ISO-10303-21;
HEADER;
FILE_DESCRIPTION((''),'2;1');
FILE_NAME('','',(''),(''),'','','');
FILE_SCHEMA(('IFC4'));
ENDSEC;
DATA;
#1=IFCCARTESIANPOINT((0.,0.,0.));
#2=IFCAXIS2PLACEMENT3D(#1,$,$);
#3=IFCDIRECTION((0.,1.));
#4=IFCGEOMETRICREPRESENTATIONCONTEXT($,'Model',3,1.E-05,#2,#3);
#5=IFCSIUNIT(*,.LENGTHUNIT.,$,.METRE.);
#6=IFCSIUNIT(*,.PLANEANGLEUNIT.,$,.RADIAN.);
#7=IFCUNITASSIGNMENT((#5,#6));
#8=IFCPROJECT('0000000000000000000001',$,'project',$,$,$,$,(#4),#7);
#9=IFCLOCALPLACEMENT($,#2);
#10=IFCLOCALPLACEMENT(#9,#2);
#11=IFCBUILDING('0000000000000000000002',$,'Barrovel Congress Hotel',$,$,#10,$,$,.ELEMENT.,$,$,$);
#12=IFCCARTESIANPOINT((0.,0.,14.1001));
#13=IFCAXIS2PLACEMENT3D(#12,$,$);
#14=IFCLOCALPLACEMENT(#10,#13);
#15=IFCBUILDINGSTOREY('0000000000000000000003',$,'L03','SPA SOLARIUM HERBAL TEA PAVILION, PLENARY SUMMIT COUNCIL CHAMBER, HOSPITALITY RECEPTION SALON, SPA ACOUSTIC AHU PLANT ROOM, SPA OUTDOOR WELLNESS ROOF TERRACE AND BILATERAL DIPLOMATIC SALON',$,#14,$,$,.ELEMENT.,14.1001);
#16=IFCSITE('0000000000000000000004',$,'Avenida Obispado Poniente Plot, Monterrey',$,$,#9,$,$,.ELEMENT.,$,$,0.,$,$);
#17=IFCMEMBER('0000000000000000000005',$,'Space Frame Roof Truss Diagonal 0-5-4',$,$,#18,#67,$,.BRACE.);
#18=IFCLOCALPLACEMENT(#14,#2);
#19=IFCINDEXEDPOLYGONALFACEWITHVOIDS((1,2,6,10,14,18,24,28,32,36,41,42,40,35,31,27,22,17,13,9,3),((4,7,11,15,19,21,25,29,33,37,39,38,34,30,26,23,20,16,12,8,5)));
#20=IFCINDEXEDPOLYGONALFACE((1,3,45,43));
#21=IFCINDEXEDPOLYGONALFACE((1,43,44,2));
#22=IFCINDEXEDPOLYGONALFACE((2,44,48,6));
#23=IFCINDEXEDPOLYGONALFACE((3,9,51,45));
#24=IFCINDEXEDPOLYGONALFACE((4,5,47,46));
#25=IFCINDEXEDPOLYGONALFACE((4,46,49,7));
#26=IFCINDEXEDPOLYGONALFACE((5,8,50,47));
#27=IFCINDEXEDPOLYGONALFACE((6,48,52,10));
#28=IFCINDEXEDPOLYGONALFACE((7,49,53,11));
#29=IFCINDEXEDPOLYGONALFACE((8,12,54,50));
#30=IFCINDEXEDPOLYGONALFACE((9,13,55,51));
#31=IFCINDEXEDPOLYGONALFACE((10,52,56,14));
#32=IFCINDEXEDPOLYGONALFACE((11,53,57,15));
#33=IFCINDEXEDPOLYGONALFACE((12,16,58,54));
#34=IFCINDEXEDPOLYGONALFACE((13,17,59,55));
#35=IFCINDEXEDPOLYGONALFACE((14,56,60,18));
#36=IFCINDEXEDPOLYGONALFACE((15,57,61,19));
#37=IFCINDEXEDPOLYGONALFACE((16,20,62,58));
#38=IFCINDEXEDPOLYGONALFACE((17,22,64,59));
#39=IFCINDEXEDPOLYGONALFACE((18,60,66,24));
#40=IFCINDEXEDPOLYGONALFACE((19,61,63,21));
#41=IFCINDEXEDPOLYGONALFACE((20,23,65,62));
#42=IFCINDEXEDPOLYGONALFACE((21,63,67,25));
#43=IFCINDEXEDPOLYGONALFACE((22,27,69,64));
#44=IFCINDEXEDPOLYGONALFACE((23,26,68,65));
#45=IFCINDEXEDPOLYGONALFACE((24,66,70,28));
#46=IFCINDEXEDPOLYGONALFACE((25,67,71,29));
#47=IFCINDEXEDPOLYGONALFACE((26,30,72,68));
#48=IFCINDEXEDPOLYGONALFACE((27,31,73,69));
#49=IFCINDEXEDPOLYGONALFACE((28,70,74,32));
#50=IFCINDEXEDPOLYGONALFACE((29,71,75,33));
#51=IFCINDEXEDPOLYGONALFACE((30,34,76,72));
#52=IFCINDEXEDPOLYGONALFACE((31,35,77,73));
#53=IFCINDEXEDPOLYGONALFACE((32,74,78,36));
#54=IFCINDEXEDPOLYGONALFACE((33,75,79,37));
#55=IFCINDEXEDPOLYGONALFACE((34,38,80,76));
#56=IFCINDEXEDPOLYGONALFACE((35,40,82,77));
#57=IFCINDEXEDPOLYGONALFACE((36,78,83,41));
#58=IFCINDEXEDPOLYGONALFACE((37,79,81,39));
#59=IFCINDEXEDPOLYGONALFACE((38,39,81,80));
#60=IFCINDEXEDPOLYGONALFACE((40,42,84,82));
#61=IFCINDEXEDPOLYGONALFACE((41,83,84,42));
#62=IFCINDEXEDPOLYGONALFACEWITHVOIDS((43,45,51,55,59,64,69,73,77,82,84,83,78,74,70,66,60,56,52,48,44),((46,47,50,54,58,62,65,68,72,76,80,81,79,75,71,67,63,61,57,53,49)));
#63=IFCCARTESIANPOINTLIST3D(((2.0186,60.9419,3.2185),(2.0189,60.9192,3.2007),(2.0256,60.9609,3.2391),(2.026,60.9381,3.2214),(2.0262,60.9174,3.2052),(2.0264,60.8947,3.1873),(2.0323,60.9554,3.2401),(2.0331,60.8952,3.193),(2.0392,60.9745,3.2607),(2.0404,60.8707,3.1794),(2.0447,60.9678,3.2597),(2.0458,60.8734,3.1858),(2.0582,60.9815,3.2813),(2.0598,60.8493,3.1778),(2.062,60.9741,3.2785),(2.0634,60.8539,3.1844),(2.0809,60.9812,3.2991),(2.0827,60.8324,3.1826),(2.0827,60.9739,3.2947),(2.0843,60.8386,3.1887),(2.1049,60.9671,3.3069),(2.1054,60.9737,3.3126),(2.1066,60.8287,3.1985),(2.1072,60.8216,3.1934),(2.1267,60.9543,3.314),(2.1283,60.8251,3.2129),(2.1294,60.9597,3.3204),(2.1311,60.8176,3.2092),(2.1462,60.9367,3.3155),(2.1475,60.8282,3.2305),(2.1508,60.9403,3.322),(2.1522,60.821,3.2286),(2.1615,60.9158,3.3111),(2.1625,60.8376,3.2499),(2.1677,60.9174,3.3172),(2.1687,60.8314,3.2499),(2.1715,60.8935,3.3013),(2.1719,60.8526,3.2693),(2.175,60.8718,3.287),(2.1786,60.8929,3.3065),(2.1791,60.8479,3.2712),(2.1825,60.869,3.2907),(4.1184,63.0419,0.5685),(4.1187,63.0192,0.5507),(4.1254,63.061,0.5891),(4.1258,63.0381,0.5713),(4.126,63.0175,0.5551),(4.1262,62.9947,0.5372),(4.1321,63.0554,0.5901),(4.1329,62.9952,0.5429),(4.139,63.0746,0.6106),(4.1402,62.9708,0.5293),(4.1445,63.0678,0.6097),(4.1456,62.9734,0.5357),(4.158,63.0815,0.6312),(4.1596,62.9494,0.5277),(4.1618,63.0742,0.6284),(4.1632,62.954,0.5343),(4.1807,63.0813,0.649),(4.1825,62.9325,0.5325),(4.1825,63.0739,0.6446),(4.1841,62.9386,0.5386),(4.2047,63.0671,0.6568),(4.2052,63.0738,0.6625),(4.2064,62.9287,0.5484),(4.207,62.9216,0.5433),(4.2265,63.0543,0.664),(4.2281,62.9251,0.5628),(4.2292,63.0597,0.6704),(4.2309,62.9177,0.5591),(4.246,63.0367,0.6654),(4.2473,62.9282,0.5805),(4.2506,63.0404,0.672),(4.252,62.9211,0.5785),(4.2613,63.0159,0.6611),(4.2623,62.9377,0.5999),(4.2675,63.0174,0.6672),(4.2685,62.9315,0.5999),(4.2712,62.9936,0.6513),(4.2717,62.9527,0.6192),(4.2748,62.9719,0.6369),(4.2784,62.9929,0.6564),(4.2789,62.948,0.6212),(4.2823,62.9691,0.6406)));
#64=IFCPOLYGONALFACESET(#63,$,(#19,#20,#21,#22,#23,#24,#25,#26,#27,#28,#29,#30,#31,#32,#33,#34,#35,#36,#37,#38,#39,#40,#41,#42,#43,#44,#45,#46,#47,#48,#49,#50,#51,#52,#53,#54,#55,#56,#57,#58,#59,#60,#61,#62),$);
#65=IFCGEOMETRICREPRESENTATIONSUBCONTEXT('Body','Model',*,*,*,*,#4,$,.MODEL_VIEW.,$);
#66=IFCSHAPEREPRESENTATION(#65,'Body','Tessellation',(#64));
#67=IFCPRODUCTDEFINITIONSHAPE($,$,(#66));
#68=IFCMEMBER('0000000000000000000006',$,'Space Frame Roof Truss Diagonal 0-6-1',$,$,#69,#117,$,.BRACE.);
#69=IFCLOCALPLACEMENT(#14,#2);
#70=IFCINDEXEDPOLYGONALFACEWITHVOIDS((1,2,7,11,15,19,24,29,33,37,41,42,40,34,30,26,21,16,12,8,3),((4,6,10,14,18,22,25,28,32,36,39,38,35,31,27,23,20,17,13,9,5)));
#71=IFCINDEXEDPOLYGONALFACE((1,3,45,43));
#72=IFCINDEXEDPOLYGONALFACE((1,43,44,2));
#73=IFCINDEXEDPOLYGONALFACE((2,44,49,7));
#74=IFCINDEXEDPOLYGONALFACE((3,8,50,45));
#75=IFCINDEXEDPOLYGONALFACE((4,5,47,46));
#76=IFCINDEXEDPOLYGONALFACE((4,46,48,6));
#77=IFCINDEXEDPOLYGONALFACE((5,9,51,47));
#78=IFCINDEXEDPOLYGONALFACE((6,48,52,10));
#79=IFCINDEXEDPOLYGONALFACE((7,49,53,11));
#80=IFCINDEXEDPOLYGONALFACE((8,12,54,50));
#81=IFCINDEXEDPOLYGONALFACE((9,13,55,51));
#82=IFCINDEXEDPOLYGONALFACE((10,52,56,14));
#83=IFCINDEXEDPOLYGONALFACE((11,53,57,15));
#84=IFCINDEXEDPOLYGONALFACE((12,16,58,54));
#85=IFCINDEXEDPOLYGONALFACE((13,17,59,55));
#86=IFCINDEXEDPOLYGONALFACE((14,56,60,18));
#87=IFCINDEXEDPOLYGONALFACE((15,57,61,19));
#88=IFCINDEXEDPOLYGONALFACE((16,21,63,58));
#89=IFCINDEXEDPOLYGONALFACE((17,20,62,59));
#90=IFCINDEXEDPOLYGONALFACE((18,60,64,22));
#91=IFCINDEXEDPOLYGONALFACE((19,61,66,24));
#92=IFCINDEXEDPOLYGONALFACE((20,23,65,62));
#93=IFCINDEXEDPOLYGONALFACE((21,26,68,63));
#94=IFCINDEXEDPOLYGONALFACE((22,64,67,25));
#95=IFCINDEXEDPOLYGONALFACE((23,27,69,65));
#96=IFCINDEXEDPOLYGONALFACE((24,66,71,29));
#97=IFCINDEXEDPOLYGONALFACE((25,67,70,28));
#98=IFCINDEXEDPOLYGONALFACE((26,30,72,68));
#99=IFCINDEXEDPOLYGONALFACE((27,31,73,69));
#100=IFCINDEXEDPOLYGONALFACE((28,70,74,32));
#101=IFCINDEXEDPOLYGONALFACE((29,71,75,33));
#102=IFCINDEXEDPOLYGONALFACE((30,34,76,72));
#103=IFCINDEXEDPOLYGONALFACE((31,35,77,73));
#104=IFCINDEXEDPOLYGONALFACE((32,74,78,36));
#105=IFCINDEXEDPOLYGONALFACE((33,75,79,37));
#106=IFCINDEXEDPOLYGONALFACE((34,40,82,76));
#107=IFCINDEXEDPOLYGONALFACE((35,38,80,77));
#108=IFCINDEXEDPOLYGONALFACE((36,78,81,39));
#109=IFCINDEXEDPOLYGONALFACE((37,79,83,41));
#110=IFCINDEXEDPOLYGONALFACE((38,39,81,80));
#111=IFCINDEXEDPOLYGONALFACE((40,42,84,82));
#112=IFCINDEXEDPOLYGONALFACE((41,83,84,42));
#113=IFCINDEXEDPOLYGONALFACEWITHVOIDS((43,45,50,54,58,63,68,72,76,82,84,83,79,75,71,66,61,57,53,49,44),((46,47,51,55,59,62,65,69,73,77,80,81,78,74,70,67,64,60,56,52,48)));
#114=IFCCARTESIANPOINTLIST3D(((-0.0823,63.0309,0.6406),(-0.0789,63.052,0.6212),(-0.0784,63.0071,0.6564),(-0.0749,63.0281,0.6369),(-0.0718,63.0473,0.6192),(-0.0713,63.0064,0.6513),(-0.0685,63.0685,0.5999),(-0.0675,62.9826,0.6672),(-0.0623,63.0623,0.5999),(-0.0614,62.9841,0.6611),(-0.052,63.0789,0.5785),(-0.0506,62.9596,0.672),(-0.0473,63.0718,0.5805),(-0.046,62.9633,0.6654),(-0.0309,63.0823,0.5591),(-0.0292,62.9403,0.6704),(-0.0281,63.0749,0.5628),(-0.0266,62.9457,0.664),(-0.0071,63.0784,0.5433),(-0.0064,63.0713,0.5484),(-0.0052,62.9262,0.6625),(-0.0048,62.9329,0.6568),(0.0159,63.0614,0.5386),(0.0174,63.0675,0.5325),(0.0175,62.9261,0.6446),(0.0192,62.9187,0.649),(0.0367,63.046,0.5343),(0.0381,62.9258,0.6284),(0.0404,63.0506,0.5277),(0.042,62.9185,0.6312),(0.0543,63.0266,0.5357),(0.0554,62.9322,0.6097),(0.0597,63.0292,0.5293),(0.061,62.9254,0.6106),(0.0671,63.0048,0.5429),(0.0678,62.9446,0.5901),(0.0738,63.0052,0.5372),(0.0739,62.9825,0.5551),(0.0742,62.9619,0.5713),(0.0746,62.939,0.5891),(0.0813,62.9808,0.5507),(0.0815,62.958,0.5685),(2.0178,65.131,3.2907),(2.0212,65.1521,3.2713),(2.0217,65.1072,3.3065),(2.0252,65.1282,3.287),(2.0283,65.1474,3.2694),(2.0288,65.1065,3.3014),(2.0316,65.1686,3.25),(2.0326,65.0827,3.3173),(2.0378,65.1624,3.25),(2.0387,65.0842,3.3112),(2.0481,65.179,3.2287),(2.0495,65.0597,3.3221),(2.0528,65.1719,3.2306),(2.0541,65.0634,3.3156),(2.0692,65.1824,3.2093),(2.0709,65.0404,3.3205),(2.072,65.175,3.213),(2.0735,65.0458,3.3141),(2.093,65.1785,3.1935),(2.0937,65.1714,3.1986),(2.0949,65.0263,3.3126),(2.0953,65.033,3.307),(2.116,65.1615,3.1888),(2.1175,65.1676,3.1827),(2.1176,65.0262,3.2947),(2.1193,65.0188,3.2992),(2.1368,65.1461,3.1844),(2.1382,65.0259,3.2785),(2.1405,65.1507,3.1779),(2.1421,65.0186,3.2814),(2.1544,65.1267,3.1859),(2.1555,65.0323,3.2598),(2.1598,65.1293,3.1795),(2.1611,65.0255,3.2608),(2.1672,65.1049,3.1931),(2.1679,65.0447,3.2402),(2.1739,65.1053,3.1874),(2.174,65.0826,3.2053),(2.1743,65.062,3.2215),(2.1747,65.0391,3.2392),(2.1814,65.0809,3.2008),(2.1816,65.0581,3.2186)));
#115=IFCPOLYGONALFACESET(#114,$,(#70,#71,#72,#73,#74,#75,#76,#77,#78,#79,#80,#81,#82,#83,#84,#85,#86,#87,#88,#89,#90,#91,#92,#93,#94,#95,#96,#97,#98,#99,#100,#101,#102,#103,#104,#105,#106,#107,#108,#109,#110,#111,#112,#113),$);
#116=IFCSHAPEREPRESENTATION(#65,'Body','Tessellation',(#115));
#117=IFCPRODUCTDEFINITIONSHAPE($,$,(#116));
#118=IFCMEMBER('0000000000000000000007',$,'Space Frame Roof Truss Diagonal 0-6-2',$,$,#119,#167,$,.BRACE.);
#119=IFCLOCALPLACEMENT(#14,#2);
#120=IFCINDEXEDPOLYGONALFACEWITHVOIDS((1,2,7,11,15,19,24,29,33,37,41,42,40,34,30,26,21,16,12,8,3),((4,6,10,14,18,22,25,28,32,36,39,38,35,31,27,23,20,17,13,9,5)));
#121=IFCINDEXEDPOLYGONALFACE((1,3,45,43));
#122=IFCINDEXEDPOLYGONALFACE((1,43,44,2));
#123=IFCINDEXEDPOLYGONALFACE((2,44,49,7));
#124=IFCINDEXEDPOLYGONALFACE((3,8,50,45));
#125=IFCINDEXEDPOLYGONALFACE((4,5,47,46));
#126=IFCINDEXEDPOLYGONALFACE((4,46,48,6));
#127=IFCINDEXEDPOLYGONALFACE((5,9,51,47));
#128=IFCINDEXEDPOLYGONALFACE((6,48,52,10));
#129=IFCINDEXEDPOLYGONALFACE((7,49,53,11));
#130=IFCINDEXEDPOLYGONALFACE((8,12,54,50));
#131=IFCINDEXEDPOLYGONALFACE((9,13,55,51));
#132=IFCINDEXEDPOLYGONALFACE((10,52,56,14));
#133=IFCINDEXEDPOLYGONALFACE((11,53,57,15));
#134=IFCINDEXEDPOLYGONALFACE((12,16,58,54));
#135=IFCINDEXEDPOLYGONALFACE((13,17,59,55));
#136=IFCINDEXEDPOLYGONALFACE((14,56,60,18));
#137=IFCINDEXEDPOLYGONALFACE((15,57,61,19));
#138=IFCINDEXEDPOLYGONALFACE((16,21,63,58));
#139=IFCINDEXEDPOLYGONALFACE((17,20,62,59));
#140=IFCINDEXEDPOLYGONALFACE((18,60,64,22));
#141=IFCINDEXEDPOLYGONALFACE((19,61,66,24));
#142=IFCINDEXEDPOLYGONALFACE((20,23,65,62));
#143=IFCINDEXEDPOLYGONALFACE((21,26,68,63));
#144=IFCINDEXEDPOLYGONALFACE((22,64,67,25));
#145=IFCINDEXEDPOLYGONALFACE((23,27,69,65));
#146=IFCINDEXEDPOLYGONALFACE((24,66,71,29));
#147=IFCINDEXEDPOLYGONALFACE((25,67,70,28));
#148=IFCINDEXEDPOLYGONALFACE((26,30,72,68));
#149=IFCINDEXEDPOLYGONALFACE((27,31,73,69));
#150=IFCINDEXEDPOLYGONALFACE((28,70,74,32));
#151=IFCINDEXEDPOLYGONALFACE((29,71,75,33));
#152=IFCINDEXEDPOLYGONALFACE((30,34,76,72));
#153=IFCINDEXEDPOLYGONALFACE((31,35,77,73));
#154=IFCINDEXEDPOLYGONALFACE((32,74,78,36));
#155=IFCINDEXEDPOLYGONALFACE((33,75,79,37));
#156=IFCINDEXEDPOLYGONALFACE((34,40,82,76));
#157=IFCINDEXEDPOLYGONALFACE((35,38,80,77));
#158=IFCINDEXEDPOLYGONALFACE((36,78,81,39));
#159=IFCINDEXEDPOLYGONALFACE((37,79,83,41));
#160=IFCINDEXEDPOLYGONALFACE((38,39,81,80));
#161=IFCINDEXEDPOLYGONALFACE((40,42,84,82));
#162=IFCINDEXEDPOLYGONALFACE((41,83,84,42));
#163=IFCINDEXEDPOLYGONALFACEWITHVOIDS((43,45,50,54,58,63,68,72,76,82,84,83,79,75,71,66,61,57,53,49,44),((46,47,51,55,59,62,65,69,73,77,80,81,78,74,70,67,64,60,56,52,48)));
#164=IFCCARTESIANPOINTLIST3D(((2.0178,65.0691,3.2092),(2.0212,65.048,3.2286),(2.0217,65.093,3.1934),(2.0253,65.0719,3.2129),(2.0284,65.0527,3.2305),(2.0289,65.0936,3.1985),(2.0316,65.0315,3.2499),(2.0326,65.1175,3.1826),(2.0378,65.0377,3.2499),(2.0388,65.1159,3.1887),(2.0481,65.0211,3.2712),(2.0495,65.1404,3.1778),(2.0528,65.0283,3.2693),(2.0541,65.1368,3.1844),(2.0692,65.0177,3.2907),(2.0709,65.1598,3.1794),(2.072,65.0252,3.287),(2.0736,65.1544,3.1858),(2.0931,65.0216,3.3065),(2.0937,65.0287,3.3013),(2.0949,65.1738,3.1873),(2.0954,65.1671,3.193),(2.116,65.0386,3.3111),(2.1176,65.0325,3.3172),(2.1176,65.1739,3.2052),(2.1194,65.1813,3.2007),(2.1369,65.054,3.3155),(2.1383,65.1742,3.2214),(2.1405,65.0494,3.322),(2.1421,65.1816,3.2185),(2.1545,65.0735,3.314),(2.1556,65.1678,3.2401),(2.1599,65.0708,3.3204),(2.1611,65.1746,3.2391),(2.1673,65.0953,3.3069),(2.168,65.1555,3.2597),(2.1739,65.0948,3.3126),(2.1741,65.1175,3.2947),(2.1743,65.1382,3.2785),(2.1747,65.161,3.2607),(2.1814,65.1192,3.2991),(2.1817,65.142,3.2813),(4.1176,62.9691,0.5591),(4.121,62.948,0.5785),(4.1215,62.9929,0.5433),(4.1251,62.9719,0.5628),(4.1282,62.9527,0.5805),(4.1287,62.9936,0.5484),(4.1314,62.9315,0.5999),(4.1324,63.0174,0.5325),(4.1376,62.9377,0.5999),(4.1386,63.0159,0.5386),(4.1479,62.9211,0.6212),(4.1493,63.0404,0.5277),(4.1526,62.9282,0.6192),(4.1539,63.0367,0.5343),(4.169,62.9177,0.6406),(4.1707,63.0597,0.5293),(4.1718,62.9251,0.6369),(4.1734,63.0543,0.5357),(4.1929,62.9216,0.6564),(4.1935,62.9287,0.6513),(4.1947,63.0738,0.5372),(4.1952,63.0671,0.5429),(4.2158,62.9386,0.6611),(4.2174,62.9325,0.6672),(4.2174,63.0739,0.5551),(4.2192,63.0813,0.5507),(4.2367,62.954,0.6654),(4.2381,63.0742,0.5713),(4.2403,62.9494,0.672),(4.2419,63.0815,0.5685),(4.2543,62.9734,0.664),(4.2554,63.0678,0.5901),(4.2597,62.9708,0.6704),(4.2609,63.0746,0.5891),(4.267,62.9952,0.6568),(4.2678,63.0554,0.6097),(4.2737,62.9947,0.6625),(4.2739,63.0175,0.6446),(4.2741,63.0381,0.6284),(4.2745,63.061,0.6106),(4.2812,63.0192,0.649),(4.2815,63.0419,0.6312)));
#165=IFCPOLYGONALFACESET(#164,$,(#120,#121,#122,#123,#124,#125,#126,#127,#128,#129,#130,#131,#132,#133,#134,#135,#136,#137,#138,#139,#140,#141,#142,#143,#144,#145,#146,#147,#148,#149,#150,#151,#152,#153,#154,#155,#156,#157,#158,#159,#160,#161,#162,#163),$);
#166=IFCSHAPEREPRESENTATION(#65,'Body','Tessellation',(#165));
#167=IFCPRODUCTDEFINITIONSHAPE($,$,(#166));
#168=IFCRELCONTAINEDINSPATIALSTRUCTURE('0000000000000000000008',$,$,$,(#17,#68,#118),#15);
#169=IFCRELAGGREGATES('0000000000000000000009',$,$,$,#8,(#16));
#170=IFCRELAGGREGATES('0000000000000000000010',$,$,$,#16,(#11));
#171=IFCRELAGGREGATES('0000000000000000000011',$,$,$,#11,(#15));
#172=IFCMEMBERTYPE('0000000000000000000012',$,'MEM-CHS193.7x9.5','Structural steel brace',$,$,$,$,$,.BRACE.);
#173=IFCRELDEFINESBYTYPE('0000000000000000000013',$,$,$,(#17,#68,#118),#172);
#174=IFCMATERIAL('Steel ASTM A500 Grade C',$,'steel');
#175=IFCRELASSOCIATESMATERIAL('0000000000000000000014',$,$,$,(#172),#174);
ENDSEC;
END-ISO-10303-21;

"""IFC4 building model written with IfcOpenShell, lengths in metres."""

from ifc_helpers import new_model, si_unit, direction, frame, origin, origin_2d, place, context, subcontext, project, spatial, hollow_circle, extrude, material, material_profile, profile_set, type_object, element, save


model = new_model("IFC4")

# Units and contexts
model_context = context("Model", 3, precision=1e-05, world=origin(), true_north=direction((0.0, 1.0)))
body_context = subcontext(model_context, "Body", "Model", "MODEL_VIEW")
ifc_project = project(units=[si_unit("LENGTHUNIT", "METRE"), si_unit("PLANEANGLEUNIT", "RADIAN")], contexts=[model_context])

# Site, building, storey
site_placement = place(None, origin())
site = spatial("IfcSite", under=ifc_project, at=site_placement, Name="Avenida Obispado Poniente Plot, Monterrey", CompositionType="ELEMENT", RefElevation=0.0)
building_placement = place(site_placement, origin())
building = spatial("IfcBuilding", under=site, at=building_placement, Name="Barrovel Congress Hotel", CompositionType="ELEMENT")
storey_placement = place(building_placement, frame((0.0, 0.0, 14.1001)))
storey = spatial("IfcBuildingStorey", under=building, at=storey_placement, Name="L03", Description="SPA SOLARIUM HERBAL TEA PAVILION, PLENARY SUMMIT COUNCIL CHAMBER, HOSPITALITY RECEPTION SALON, SPA ACOUSTIC AHU PLANT ROOM, SPA OUTDOOR WELLNESS ROOF TERRACE AND BILATERAL DIPLOMATIC SALON", CompositionType="ELEMENT", Elevation=14.1001)

# Members
ifc_material_1 = material(Name="Steel ASTM A500 Grade C", Category="steel")
ifc_material_profile_1 = material_profile(ifc_material_1, hollow_circle(Radius=0.0969, WallThickness=0.0088, at=origin_2d()), Name="CHS193.7x9.5")
ifc_profile_set_1 = profile_set([ifc_material_profile_1], Name="Steel ASTM A500 Grade C")
member_type_1 = type_object("IfcMemberType", Name="MEM-CHS193.7x9.5", Description="Structural steel brace", PredefinedType="BRACE", material=ifc_profile_set_1)
member_1_placement = place(storey_placement, frame((4.2, 63.0, 0.5999), z_axis=(-0.527557, -0.527618, 0.66581), x_axis=(0.707148, -0.707066, 0.0)))
element("IfcMember", 1, at=member_1_placement, inside=storey, type_object=member_type_1, Name="Space Frame Roof Truss Diagonal 0-5-4", PredefinedType="BRACE", context=body_context, shape_type="SweptSolid", body=[
    extrude(hollow_circle(Radius=0.0969, WallThickness=0.0088, at=origin_2d()), origin(), (0.0, 0.0, 1.0), 3.9802),
])
member_2_placement = place(storey_placement, frame((0.0, 63.0, 0.5999), z_axis=(0.527601, 0.527601, 0.665788), x_axis=(-0.707107, 0.707107, 0.0)))
element("IfcMember", 2, at=member_2_placement, inside=storey, type_object=member_type_1, Name="Space Frame Roof Truss Diagonal 0-6-1", PredefinedType="BRACE", context=body_context, shape_type="SweptSolid", body=[
    extrude(hollow_circle(Radius=0.0969, WallThickness=0.0088, at=origin_2d()), origin(), (0.0, 0.0, 1.0), 3.9805),
])
for number, where, z_axis, x_axis, name in (
    (3, (4.2, 63.0, 0.5999), (-0.527557, 0.527618, 0.66581), (-0.707148, -0.707066, 0.0), "Space Frame Roof Truss Diagonal 0-6-2"),
):
    element("IfcMember", number, at=place(storey_placement, frame(where, z_axis=z_axis, x_axis=x_axis)), inside=storey, type_object=member_type_1, Name=name, PredefinedType="BRACE", context=body_context, shape_type="SweptSolid", body=[
        extrude(hollow_circle(Radius=0.0969, WallThickness=0.0088, at=origin_2d()), origin(), (0.0, 0.0, 1.0), 3.9802),
    ])

save(model, "model.ifc")
